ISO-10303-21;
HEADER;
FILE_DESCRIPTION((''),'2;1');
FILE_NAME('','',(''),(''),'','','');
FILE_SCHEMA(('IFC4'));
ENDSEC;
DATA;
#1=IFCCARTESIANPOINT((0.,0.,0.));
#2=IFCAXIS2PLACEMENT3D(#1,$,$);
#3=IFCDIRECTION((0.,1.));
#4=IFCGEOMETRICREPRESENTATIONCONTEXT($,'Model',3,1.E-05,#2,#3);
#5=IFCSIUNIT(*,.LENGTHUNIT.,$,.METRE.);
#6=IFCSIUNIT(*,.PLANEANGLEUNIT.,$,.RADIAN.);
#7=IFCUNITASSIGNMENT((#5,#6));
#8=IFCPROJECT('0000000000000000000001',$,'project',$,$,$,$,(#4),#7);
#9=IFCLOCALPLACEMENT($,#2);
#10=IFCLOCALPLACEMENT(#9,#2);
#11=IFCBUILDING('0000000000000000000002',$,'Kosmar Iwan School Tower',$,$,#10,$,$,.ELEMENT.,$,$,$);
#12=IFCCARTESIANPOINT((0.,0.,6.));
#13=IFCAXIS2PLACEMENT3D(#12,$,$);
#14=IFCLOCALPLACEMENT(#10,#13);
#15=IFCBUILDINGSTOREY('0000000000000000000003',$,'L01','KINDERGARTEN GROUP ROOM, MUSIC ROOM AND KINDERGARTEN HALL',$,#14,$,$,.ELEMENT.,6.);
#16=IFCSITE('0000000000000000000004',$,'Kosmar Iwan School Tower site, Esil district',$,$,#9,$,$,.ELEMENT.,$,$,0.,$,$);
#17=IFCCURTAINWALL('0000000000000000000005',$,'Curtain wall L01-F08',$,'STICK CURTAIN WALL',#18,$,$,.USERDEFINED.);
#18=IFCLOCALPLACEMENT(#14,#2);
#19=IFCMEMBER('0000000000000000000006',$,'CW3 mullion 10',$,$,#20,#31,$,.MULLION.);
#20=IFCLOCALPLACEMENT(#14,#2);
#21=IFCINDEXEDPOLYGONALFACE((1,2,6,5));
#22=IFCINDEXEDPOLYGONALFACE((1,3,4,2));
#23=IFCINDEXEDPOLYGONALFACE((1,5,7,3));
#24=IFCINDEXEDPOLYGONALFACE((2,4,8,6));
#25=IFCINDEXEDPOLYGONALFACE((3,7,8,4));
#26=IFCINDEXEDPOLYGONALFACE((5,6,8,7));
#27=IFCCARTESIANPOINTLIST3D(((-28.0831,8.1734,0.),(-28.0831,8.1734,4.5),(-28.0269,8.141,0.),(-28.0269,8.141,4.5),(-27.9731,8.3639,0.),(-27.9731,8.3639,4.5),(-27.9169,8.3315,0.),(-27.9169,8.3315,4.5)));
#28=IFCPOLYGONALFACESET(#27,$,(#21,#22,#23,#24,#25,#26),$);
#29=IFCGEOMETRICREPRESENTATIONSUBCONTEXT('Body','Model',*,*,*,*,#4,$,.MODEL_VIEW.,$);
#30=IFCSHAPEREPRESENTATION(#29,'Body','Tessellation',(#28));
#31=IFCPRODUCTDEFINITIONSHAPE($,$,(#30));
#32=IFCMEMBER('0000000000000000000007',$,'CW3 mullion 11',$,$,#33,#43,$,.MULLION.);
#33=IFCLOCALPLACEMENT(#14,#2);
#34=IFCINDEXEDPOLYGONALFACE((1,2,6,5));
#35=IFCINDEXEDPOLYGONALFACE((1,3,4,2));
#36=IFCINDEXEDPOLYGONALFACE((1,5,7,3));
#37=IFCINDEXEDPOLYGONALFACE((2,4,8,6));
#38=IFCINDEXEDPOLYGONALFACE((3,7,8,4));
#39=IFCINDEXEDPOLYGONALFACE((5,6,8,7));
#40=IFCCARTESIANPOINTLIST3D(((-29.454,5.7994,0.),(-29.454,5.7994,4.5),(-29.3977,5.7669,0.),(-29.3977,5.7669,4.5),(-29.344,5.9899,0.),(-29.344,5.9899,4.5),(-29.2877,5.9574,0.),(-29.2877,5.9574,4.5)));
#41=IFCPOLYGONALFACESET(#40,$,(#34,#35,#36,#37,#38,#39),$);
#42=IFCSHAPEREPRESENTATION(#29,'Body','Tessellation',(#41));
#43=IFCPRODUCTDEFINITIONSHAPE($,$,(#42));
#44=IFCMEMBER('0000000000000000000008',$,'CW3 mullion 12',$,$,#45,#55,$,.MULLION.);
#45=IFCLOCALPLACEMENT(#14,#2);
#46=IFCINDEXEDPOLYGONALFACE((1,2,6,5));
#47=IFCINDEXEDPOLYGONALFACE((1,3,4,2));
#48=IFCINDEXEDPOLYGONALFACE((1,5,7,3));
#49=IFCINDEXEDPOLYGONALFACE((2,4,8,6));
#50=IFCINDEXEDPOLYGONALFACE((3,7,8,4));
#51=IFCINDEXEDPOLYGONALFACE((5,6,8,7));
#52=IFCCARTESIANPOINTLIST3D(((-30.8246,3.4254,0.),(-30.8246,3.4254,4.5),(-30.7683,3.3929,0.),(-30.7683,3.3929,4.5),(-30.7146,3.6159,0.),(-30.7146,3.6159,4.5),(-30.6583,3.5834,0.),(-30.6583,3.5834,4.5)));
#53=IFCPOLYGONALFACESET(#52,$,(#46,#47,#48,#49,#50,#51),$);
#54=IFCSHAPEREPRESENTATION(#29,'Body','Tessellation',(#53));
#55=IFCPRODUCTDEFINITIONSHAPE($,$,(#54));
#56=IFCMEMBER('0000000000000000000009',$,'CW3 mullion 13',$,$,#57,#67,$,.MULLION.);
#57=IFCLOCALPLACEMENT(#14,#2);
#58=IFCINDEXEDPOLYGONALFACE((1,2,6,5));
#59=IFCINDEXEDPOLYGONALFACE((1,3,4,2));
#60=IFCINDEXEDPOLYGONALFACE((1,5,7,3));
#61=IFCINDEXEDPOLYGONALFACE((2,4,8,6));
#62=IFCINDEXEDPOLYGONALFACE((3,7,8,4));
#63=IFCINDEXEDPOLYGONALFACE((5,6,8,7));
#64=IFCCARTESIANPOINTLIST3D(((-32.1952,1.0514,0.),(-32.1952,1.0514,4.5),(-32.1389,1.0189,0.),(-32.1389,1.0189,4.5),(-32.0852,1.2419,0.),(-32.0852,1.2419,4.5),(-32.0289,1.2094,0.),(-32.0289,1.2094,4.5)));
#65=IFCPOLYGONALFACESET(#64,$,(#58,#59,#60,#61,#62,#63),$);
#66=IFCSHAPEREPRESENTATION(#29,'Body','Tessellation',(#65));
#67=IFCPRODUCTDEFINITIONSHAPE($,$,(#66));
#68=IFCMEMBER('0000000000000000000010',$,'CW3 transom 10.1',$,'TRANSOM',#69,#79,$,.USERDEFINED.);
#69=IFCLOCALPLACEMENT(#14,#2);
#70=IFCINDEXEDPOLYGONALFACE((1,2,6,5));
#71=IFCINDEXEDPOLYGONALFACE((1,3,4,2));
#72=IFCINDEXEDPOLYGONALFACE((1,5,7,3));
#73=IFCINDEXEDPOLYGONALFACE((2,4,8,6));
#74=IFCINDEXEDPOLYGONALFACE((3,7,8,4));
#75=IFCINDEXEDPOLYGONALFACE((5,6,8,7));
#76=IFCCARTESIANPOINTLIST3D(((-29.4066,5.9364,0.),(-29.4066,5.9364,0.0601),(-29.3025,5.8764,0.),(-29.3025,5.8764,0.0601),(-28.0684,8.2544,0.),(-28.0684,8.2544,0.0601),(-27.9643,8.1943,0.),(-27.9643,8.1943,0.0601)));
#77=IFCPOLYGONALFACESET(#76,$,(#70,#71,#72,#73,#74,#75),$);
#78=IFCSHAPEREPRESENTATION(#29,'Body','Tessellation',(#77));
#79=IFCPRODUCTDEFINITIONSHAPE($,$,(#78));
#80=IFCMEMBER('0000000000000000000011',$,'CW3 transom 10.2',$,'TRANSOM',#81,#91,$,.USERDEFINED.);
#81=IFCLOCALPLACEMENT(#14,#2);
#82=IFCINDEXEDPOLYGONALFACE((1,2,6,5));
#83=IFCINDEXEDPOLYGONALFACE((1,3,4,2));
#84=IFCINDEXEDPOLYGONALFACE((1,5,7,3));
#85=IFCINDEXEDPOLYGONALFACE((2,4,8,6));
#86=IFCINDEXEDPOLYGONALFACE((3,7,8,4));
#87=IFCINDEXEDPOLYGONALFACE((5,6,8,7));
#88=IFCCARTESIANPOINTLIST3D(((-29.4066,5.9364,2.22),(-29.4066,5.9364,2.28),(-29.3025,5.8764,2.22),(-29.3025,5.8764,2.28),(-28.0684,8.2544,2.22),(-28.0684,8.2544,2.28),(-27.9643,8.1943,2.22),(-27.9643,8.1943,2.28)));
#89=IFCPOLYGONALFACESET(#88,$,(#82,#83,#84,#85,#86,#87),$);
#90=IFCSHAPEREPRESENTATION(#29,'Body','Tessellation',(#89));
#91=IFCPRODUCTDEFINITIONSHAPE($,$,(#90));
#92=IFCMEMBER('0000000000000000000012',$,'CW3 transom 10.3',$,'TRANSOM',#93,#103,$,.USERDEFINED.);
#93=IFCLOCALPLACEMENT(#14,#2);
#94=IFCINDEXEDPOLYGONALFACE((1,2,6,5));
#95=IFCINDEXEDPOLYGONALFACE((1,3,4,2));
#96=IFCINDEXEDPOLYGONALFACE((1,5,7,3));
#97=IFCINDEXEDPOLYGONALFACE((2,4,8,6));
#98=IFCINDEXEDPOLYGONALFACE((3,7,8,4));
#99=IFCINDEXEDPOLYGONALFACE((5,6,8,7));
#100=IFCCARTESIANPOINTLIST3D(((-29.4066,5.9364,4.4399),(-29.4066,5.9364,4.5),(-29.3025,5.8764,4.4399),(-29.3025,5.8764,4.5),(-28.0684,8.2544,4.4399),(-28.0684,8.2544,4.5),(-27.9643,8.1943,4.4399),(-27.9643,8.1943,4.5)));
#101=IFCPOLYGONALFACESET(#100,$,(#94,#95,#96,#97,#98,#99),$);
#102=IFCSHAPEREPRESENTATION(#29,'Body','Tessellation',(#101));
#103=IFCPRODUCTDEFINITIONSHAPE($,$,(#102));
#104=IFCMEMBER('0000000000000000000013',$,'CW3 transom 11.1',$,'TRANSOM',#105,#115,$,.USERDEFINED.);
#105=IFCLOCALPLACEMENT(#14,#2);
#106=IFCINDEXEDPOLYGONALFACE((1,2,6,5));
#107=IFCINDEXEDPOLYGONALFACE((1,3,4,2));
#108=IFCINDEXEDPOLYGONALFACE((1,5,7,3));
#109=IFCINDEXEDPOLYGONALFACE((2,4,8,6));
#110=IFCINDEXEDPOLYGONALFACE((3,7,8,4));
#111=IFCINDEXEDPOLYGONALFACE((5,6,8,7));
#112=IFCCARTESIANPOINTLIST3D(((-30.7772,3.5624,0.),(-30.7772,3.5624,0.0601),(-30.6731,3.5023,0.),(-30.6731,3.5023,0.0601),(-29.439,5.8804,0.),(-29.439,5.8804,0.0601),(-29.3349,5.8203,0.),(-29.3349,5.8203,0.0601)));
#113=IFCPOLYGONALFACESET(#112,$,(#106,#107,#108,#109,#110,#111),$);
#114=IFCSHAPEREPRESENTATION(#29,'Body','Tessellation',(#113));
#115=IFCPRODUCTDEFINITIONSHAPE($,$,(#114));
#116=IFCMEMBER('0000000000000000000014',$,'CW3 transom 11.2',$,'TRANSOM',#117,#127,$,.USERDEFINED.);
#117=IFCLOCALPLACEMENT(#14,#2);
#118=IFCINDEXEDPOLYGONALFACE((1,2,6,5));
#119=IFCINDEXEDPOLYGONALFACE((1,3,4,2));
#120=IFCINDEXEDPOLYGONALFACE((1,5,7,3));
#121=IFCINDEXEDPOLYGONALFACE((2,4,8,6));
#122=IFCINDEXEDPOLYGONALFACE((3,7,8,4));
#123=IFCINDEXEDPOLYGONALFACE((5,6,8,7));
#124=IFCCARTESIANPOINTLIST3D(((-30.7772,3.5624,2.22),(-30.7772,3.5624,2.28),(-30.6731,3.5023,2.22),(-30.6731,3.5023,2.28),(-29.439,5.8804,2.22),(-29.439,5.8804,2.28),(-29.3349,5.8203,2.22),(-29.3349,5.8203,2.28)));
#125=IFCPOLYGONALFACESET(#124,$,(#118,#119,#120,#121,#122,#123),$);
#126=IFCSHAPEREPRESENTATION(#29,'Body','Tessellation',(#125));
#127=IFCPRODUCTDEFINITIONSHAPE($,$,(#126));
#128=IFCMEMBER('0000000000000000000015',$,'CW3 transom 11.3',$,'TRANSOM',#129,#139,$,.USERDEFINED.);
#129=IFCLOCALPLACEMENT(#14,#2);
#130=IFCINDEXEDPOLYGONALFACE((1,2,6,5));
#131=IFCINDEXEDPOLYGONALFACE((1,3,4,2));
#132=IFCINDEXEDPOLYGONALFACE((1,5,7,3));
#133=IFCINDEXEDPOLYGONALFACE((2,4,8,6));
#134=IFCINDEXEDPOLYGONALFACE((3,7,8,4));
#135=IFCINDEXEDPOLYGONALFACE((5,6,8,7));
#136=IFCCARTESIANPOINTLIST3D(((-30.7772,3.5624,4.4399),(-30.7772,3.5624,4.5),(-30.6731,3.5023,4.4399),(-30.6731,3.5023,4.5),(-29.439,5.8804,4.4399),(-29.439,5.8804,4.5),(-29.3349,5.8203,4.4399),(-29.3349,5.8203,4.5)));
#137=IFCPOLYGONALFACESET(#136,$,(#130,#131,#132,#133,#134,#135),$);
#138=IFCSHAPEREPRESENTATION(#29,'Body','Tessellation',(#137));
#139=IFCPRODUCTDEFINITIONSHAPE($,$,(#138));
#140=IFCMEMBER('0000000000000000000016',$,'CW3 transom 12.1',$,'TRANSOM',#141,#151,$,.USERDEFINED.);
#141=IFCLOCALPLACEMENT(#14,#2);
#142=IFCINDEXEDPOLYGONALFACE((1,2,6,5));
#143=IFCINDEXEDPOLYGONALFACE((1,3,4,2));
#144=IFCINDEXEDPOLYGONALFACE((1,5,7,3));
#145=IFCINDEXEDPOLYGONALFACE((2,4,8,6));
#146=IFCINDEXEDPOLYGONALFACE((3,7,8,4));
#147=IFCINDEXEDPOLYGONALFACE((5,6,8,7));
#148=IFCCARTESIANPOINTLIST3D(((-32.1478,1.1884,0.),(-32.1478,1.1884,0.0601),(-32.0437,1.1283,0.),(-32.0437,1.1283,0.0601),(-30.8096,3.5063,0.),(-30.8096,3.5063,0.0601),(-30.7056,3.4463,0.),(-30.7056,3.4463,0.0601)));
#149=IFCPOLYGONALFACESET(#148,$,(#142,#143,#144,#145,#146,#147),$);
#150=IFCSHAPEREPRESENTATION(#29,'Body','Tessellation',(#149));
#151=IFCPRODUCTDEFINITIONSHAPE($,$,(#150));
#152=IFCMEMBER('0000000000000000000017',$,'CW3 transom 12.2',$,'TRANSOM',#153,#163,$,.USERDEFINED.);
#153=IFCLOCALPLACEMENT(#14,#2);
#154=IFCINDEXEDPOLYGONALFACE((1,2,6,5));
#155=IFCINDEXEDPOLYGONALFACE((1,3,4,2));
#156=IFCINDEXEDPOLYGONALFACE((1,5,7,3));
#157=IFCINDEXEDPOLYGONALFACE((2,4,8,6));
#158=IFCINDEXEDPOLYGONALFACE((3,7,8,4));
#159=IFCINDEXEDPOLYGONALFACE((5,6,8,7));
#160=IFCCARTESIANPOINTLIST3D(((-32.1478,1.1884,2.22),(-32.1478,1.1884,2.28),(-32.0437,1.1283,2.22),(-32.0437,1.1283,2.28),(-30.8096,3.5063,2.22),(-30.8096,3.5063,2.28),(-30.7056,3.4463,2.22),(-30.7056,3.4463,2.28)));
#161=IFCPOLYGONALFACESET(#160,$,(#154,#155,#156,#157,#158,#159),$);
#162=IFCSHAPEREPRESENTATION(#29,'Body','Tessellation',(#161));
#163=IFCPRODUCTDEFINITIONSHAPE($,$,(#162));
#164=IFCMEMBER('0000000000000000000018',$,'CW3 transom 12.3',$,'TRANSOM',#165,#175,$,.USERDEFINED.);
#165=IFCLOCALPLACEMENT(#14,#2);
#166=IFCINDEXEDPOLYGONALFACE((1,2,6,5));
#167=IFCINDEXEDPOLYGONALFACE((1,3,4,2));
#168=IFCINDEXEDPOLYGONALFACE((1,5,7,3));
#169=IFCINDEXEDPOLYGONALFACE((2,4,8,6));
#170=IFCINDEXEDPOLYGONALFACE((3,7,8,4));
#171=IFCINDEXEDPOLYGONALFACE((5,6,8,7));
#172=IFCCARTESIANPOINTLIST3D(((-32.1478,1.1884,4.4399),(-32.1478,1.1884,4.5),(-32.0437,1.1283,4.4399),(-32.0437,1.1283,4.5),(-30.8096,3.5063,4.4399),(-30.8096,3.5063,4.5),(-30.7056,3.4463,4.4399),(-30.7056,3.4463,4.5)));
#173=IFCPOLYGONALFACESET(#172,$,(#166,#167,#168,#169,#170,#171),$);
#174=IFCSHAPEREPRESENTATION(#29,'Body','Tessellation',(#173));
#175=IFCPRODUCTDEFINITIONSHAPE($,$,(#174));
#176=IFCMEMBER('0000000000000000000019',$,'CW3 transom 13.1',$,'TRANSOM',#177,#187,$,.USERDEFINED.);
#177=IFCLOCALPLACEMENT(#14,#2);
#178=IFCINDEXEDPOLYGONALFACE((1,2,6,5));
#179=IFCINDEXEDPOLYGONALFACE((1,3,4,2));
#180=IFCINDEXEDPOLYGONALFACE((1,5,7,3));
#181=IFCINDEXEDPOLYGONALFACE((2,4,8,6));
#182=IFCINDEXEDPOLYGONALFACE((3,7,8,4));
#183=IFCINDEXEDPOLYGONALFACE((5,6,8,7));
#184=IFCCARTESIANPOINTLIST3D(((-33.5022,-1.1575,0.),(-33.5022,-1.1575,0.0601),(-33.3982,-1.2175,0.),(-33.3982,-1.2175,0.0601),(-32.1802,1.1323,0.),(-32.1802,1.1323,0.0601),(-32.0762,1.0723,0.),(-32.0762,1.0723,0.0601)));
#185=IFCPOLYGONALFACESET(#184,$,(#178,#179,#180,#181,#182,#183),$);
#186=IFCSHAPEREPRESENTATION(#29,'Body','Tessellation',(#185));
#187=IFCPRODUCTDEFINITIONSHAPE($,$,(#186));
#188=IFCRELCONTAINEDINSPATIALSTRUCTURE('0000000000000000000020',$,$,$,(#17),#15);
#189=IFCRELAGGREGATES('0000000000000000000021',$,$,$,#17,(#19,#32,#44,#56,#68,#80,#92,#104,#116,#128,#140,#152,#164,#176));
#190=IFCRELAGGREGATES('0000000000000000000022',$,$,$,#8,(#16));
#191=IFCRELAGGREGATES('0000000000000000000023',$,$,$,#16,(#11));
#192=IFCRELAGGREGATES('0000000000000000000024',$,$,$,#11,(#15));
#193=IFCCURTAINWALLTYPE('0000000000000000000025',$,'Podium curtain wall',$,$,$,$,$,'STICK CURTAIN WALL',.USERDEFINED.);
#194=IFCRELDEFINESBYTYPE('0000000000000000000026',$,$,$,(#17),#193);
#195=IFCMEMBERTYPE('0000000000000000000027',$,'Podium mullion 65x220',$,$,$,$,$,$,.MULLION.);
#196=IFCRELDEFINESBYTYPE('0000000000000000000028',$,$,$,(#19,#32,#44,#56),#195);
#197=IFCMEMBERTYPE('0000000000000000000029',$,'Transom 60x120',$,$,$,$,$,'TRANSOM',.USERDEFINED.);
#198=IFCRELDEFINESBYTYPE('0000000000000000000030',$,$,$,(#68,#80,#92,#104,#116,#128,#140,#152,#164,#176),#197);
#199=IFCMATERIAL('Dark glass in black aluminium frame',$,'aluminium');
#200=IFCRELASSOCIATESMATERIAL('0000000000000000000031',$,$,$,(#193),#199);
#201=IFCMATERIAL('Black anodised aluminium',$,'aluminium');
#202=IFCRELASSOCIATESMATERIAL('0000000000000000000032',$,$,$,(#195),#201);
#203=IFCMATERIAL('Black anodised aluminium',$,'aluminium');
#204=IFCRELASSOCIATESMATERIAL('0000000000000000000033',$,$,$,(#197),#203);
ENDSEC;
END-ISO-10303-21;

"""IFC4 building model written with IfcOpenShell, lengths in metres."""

from ifc_helpers import new_model, si_unit, direction, frame, origin, origin_2d, place, context, subcontext, project, spatial, rectangle, extrude, material, material_profile, profile_set, type_object, element, aggregate, save


model = new_model("IFC4")

# Units and contexts
model_context = context("Model", 3, precision=1e-05, world=origin(), true_north=direction((0.0, 1.0)))
body_context = subcontext(model_context, "Body", "Model", "MODEL_VIEW")
ifc_project = project(units=[si_unit("LENGTHUNIT", "METRE"), si_unit("PLANEANGLEUNIT", "RADIAN")], contexts=[model_context])

# Site, building, storey
site_placement = place(None, origin())
site = spatial("IfcSite", under=ifc_project, at=site_placement, Name="Kosmar Iwan School Tower site, Esil district", CompositionType="ELEMENT", RefElevation=0.0)
building_placement = place(site_placement, origin())
building = spatial("IfcBuilding", under=site, at=building_placement, Name="Kosmar Iwan School Tower", CompositionType="ELEMENT")
storey_placement = place(building_placement, frame((0.0, 0.0, 6.0)))
storey = spatial("IfcBuildingStorey", under=building, at=storey_placement, Name="L01", Description="KINDERGARTEN GROUP ROOM, MUSIC ROOM AND KINDERGARTEN HALL", CompositionType="ELEMENT", Elevation=6.0)

# Curtain wall, members
ifc_material_1 = material(Name="Dark glass in black aluminium frame", Category="aluminium")
curtain_wall_type = type_object("IfcCurtainWallType", Name="Podium curtain wall", ElementType="STICK CURTAIN WALL", PredefinedType="USERDEFINED", material=ifc_material_1)
curtain_wall_placement = place(storey_placement, origin())
curtain_wall = element("IfcCurtainWall", 1, at=curtain_wall_placement, inside=storey, type_object=curtain_wall_type, Name="Curtain wall L01-F08", ObjectType="STICK CURTAIN WALL", PredefinedType="USERDEFINED")
ifc_material_2 = material(Name="Black anodised aluminium", Category="aluminium")
ifc_material_profile_1 = material_profile(ifc_material_2, rectangle(XDim=0.0649, YDim=0.22, at=origin_2d()), Name="MULLION 65x220")
ifc_profile_set_1 = profile_set([ifc_material_profile_1], Name="Black anodised aluminium")
member_type_1 = type_object("IfcMemberType", Name="Podium mullion 65x220", PredefinedType="MULLION", material=ifc_profile_set_1)
member_1_placement = place(storey_placement, frame((-28.0, 8.2524, 0.0), z_axis=(0.0, 0.0, 1.0), x_axis=(0.866025, -0.5, 0.0)))
member_1 = element("IfcMember", 2, at=member_1_placement, type_object=member_type_1, Name="CW3 mullion 10", PredefinedType="MULLION", context=body_context, shape_type="SweptSolid", body=[
    extrude(rectangle(XDim=0.0649, YDim=0.22, at=origin_2d()), origin(), (0.0, 0.0, 1.0), 4.5),
])
member_2_placement = place(storey_placement, frame((-29.3708, 5.8784, 0.0), z_axis=(0.0, 0.0, 1.0), x_axis=(0.866025, -0.5, 0.0)))
member_2 = element("IfcMember", 3, at=member_2_placement, type_object=member_type_1, Name="CW3 mullion 11", PredefinedType="MULLION", context=body_context, shape_type="SweptSolid", body=[
    extrude(rectangle(XDim=0.0649, YDim=0.22, at=origin_2d()), origin(), (0.0, 0.0, 1.0), 4.5),
])
member_3_placement = place(storey_placement, frame((-30.7415, 3.5044, 0.0), z_axis=(0.0, 0.0, 1.0), x_axis=(0.866025, -0.5, 0.0)))
member_3 = element("IfcMember", 4, at=member_3_placement, type_object=member_type_1, Name="CW3 mullion 12", PredefinedType="MULLION", context=body_context, shape_type="SweptSolid", body=[
    extrude(rectangle(XDim=0.0649, YDim=0.22, at=origin_2d()), origin(), (0.0, 0.0, 1.0), 4.5),
])
member_4_placement = place(storey_placement, frame((-32.1121, 1.1304, 0.0), z_axis=(0.0, 0.0, 1.0), x_axis=(0.866025, -0.5, 0.0)))
member_4 = element("IfcMember", 5, at=member_4_placement, type_object=member_type_1, Name="CW3 mullion 13", PredefinedType="MULLION", context=body_context, shape_type="SweptSolid", body=[
    extrude(rectangle(XDim=0.0649, YDim=0.22, at=origin_2d()), origin(), (0.0, 0.0, 1.0), 4.5),
])
ifc_material_3 = material(Name="Black anodised aluminium", Category="aluminium")
ifc_material_profile_2 = material_profile(ifc_material_3, rectangle(XDim=0.1201, YDim=0.0601, at=origin_2d()), Name="TRANSOM 60x120")
ifc_profile_set_2 = profile_set([ifc_material_profile_2], Name="Black anodised aluminium")
member_type_2 = type_object("IfcMemberType", Name="Transom 60x120", ElementType="TRANSOM", PredefinedType="USERDEFINED", material=ifc_profile_set_2)
member_5_placement = place(storey_placement, frame((-28.0164, 8.2244, 0.03), z_axis=(-0.499975, -0.86604, 0.0), x_axis=(0.86604, -0.499975, 0.0)))
member_5 = element("IfcMember", 6, at=member_5_placement, type_object=member_type_2, Name="CW3 transom 10.1", ObjectType="TRANSOM", PredefinedType="USERDEFINED", context=body_context, shape_type="SweptSolid", body=[
    extrude(rectangle(XDim=0.1201, YDim=0.0601, at=origin_2d()), origin(), (0.0, 0.0, 1.0), 2.6765),
])
member_6_placement = place(storey_placement, frame((-28.0164, 8.2244, 2.25), z_axis=(-0.499975, -0.86604, 0.0), x_axis=(0.86604, -0.499975, 0.0)))
member_6 = element("IfcMember", 7, at=member_6_placement, type_object=member_type_2, Name="CW3 transom 10.2", ObjectType="TRANSOM", PredefinedType="USERDEFINED", context=body_context, shape_type="SweptSolid", body=[
    extrude(rectangle(XDim=0.1201, YDim=0.0601, at=origin_2d()), origin(), (0.0, 0.0, 1.0), 2.6765),
])
member_7_placement = place(storey_placement, frame((-28.0164, 8.2244, 4.47), z_axis=(-0.499975, -0.86604, 0.0), x_axis=(0.86604, -0.499975, 0.0)))
member_7 = element("IfcMember", 8, at=member_7_placement, type_object=member_type_2, Name="CW3 transom 10.3", ObjectType="TRANSOM", PredefinedType="USERDEFINED", context=body_context, shape_type="SweptSolid", body=[
    extrude(rectangle(XDim=0.1201, YDim=0.0601, at=origin_2d()), origin(), (0.0, 0.0, 1.0), 2.6765),
])
member_8_placement = place(storey_placement, frame((-29.387, 5.8503, 0.03), z_axis=(-0.499975, -0.86604, 0.0), x_axis=(0.86604, -0.499975, 0.0)))
member_8 = element("IfcMember", 9, at=member_8_placement, type_object=member_type_2, Name="CW3 transom 11.1", ObjectType="TRANSOM", PredefinedType="USERDEFINED", context=body_context, shape_type="SweptSolid", body=[
    extrude(rectangle(XDim=0.1201, YDim=0.0601, at=origin_2d()), origin(), (0.0, 0.0, 1.0), 2.6765),
])
member_9_placement = place(storey_placement, frame((-29.387, 5.8503, 2.25), z_axis=(-0.499975, -0.86604, 0.0), x_axis=(0.86604, -0.499975, 0.0)))
member_9 = element("IfcMember", 10, at=member_9_placement, type_object=member_type_2, Name="CW3 transom 11.2", ObjectType="TRANSOM", PredefinedType="USERDEFINED", context=body_context, shape_type="SweptSolid", body=[
    extrude(rectangle(XDim=0.1201, YDim=0.0601, at=origin_2d()), origin(), (0.0, 0.0, 1.0), 2.6765),
])
member_10_placement = place(storey_placement, frame((-29.387, 5.8503, 4.47), z_axis=(-0.499975, -0.86604, 0.0), x_axis=(0.86604, -0.499975, 0.0)))
member_10 = element("IfcMember", 11, at=member_10_placement, type_object=member_type_2, Name="CW3 transom 11.3", ObjectType="TRANSOM", PredefinedType="USERDEFINED", context=body_context, shape_type="SweptSolid", body=[
    extrude(rectangle(XDim=0.1201, YDim=0.0601, at=origin_2d()), origin(), (0.0, 0.0, 1.0), 2.6765),
])
member_11_placement = place(storey_placement, frame((-30.7576, 3.4763, 0.03), z_axis=(-0.499975, -0.86604, 0.0), x_axis=(0.86604, -0.499975, 0.0)))
member_11 = element("IfcMember", 12, at=member_11_placement, type_object=member_type_2, Name="CW3 transom 12.1", ObjectType="TRANSOM", PredefinedType="USERDEFINED", context=body_context, shape_type="SweptSolid", body=[
    extrude(rectangle(XDim=0.1201, YDim=0.0601, at=origin_2d()), origin(), (0.0, 0.0, 1.0), 2.6765),
])
member_12_placement = place(storey_placement, frame((-30.7576, 3.4763, 2.25), z_axis=(-0.499975, -0.86604, 0.0), x_axis=(0.86604, -0.499975, 0.0)))
member_12 = element("IfcMember", 13, at=member_12_placement, type_object=member_type_2, Name="CW3 transom 12.2", ObjectType="TRANSOM", PredefinedType="USERDEFINED", context=body_context, shape_type="SweptSolid", body=[
    extrude(rectangle(XDim=0.1201, YDim=0.0601, at=origin_2d()), origin(), (0.0, 0.0, 1.0), 2.6765),
])
member_13_placement = place(storey_placement, frame((-30.7576, 3.4763, 4.47), z_axis=(-0.499975, -0.86604, 0.0), x_axis=(0.86604, -0.499975, 0.0)))
member_13 = element("IfcMember", 14, at=member_13_placement, type_object=member_type_2, Name="CW3 transom 12.3", ObjectType="TRANSOM", PredefinedType="USERDEFINED", context=body_context, shape_type="SweptSolid", body=[
    extrude(rectangle(XDim=0.1201, YDim=0.0601, at=origin_2d()), origin(), (0.0, 0.0, 1.0), 2.6765),
])
member_14_placement = place(storey_placement, frame((-32.1282, 1.1023, 0.03), z_axis=(-0.500002, -0.866024, 0.0), x_axis=(0.866024, -0.500002, 0.0)))
member_14 = element("IfcMember", 15, at=member_14_placement, type_object=member_type_2, Name="CW3 transom 13.1", ObjectType="TRANSOM", PredefinedType="USERDEFINED", context=body_context, shape_type="SweptSolid", body=[
    extrude(rectangle(XDim=0.1201, YDim=0.0601, at=origin_2d()), origin(), (0.0, 0.0, 1.0), 2.644),
])
aggregate(curtain_wall, [member_1, member_2, member_3, member_4, member_5, member_6, member_7, member_8, member_9, member_10, member_11, member_12, member_13, member_14])

save(model, "model.ifc")
